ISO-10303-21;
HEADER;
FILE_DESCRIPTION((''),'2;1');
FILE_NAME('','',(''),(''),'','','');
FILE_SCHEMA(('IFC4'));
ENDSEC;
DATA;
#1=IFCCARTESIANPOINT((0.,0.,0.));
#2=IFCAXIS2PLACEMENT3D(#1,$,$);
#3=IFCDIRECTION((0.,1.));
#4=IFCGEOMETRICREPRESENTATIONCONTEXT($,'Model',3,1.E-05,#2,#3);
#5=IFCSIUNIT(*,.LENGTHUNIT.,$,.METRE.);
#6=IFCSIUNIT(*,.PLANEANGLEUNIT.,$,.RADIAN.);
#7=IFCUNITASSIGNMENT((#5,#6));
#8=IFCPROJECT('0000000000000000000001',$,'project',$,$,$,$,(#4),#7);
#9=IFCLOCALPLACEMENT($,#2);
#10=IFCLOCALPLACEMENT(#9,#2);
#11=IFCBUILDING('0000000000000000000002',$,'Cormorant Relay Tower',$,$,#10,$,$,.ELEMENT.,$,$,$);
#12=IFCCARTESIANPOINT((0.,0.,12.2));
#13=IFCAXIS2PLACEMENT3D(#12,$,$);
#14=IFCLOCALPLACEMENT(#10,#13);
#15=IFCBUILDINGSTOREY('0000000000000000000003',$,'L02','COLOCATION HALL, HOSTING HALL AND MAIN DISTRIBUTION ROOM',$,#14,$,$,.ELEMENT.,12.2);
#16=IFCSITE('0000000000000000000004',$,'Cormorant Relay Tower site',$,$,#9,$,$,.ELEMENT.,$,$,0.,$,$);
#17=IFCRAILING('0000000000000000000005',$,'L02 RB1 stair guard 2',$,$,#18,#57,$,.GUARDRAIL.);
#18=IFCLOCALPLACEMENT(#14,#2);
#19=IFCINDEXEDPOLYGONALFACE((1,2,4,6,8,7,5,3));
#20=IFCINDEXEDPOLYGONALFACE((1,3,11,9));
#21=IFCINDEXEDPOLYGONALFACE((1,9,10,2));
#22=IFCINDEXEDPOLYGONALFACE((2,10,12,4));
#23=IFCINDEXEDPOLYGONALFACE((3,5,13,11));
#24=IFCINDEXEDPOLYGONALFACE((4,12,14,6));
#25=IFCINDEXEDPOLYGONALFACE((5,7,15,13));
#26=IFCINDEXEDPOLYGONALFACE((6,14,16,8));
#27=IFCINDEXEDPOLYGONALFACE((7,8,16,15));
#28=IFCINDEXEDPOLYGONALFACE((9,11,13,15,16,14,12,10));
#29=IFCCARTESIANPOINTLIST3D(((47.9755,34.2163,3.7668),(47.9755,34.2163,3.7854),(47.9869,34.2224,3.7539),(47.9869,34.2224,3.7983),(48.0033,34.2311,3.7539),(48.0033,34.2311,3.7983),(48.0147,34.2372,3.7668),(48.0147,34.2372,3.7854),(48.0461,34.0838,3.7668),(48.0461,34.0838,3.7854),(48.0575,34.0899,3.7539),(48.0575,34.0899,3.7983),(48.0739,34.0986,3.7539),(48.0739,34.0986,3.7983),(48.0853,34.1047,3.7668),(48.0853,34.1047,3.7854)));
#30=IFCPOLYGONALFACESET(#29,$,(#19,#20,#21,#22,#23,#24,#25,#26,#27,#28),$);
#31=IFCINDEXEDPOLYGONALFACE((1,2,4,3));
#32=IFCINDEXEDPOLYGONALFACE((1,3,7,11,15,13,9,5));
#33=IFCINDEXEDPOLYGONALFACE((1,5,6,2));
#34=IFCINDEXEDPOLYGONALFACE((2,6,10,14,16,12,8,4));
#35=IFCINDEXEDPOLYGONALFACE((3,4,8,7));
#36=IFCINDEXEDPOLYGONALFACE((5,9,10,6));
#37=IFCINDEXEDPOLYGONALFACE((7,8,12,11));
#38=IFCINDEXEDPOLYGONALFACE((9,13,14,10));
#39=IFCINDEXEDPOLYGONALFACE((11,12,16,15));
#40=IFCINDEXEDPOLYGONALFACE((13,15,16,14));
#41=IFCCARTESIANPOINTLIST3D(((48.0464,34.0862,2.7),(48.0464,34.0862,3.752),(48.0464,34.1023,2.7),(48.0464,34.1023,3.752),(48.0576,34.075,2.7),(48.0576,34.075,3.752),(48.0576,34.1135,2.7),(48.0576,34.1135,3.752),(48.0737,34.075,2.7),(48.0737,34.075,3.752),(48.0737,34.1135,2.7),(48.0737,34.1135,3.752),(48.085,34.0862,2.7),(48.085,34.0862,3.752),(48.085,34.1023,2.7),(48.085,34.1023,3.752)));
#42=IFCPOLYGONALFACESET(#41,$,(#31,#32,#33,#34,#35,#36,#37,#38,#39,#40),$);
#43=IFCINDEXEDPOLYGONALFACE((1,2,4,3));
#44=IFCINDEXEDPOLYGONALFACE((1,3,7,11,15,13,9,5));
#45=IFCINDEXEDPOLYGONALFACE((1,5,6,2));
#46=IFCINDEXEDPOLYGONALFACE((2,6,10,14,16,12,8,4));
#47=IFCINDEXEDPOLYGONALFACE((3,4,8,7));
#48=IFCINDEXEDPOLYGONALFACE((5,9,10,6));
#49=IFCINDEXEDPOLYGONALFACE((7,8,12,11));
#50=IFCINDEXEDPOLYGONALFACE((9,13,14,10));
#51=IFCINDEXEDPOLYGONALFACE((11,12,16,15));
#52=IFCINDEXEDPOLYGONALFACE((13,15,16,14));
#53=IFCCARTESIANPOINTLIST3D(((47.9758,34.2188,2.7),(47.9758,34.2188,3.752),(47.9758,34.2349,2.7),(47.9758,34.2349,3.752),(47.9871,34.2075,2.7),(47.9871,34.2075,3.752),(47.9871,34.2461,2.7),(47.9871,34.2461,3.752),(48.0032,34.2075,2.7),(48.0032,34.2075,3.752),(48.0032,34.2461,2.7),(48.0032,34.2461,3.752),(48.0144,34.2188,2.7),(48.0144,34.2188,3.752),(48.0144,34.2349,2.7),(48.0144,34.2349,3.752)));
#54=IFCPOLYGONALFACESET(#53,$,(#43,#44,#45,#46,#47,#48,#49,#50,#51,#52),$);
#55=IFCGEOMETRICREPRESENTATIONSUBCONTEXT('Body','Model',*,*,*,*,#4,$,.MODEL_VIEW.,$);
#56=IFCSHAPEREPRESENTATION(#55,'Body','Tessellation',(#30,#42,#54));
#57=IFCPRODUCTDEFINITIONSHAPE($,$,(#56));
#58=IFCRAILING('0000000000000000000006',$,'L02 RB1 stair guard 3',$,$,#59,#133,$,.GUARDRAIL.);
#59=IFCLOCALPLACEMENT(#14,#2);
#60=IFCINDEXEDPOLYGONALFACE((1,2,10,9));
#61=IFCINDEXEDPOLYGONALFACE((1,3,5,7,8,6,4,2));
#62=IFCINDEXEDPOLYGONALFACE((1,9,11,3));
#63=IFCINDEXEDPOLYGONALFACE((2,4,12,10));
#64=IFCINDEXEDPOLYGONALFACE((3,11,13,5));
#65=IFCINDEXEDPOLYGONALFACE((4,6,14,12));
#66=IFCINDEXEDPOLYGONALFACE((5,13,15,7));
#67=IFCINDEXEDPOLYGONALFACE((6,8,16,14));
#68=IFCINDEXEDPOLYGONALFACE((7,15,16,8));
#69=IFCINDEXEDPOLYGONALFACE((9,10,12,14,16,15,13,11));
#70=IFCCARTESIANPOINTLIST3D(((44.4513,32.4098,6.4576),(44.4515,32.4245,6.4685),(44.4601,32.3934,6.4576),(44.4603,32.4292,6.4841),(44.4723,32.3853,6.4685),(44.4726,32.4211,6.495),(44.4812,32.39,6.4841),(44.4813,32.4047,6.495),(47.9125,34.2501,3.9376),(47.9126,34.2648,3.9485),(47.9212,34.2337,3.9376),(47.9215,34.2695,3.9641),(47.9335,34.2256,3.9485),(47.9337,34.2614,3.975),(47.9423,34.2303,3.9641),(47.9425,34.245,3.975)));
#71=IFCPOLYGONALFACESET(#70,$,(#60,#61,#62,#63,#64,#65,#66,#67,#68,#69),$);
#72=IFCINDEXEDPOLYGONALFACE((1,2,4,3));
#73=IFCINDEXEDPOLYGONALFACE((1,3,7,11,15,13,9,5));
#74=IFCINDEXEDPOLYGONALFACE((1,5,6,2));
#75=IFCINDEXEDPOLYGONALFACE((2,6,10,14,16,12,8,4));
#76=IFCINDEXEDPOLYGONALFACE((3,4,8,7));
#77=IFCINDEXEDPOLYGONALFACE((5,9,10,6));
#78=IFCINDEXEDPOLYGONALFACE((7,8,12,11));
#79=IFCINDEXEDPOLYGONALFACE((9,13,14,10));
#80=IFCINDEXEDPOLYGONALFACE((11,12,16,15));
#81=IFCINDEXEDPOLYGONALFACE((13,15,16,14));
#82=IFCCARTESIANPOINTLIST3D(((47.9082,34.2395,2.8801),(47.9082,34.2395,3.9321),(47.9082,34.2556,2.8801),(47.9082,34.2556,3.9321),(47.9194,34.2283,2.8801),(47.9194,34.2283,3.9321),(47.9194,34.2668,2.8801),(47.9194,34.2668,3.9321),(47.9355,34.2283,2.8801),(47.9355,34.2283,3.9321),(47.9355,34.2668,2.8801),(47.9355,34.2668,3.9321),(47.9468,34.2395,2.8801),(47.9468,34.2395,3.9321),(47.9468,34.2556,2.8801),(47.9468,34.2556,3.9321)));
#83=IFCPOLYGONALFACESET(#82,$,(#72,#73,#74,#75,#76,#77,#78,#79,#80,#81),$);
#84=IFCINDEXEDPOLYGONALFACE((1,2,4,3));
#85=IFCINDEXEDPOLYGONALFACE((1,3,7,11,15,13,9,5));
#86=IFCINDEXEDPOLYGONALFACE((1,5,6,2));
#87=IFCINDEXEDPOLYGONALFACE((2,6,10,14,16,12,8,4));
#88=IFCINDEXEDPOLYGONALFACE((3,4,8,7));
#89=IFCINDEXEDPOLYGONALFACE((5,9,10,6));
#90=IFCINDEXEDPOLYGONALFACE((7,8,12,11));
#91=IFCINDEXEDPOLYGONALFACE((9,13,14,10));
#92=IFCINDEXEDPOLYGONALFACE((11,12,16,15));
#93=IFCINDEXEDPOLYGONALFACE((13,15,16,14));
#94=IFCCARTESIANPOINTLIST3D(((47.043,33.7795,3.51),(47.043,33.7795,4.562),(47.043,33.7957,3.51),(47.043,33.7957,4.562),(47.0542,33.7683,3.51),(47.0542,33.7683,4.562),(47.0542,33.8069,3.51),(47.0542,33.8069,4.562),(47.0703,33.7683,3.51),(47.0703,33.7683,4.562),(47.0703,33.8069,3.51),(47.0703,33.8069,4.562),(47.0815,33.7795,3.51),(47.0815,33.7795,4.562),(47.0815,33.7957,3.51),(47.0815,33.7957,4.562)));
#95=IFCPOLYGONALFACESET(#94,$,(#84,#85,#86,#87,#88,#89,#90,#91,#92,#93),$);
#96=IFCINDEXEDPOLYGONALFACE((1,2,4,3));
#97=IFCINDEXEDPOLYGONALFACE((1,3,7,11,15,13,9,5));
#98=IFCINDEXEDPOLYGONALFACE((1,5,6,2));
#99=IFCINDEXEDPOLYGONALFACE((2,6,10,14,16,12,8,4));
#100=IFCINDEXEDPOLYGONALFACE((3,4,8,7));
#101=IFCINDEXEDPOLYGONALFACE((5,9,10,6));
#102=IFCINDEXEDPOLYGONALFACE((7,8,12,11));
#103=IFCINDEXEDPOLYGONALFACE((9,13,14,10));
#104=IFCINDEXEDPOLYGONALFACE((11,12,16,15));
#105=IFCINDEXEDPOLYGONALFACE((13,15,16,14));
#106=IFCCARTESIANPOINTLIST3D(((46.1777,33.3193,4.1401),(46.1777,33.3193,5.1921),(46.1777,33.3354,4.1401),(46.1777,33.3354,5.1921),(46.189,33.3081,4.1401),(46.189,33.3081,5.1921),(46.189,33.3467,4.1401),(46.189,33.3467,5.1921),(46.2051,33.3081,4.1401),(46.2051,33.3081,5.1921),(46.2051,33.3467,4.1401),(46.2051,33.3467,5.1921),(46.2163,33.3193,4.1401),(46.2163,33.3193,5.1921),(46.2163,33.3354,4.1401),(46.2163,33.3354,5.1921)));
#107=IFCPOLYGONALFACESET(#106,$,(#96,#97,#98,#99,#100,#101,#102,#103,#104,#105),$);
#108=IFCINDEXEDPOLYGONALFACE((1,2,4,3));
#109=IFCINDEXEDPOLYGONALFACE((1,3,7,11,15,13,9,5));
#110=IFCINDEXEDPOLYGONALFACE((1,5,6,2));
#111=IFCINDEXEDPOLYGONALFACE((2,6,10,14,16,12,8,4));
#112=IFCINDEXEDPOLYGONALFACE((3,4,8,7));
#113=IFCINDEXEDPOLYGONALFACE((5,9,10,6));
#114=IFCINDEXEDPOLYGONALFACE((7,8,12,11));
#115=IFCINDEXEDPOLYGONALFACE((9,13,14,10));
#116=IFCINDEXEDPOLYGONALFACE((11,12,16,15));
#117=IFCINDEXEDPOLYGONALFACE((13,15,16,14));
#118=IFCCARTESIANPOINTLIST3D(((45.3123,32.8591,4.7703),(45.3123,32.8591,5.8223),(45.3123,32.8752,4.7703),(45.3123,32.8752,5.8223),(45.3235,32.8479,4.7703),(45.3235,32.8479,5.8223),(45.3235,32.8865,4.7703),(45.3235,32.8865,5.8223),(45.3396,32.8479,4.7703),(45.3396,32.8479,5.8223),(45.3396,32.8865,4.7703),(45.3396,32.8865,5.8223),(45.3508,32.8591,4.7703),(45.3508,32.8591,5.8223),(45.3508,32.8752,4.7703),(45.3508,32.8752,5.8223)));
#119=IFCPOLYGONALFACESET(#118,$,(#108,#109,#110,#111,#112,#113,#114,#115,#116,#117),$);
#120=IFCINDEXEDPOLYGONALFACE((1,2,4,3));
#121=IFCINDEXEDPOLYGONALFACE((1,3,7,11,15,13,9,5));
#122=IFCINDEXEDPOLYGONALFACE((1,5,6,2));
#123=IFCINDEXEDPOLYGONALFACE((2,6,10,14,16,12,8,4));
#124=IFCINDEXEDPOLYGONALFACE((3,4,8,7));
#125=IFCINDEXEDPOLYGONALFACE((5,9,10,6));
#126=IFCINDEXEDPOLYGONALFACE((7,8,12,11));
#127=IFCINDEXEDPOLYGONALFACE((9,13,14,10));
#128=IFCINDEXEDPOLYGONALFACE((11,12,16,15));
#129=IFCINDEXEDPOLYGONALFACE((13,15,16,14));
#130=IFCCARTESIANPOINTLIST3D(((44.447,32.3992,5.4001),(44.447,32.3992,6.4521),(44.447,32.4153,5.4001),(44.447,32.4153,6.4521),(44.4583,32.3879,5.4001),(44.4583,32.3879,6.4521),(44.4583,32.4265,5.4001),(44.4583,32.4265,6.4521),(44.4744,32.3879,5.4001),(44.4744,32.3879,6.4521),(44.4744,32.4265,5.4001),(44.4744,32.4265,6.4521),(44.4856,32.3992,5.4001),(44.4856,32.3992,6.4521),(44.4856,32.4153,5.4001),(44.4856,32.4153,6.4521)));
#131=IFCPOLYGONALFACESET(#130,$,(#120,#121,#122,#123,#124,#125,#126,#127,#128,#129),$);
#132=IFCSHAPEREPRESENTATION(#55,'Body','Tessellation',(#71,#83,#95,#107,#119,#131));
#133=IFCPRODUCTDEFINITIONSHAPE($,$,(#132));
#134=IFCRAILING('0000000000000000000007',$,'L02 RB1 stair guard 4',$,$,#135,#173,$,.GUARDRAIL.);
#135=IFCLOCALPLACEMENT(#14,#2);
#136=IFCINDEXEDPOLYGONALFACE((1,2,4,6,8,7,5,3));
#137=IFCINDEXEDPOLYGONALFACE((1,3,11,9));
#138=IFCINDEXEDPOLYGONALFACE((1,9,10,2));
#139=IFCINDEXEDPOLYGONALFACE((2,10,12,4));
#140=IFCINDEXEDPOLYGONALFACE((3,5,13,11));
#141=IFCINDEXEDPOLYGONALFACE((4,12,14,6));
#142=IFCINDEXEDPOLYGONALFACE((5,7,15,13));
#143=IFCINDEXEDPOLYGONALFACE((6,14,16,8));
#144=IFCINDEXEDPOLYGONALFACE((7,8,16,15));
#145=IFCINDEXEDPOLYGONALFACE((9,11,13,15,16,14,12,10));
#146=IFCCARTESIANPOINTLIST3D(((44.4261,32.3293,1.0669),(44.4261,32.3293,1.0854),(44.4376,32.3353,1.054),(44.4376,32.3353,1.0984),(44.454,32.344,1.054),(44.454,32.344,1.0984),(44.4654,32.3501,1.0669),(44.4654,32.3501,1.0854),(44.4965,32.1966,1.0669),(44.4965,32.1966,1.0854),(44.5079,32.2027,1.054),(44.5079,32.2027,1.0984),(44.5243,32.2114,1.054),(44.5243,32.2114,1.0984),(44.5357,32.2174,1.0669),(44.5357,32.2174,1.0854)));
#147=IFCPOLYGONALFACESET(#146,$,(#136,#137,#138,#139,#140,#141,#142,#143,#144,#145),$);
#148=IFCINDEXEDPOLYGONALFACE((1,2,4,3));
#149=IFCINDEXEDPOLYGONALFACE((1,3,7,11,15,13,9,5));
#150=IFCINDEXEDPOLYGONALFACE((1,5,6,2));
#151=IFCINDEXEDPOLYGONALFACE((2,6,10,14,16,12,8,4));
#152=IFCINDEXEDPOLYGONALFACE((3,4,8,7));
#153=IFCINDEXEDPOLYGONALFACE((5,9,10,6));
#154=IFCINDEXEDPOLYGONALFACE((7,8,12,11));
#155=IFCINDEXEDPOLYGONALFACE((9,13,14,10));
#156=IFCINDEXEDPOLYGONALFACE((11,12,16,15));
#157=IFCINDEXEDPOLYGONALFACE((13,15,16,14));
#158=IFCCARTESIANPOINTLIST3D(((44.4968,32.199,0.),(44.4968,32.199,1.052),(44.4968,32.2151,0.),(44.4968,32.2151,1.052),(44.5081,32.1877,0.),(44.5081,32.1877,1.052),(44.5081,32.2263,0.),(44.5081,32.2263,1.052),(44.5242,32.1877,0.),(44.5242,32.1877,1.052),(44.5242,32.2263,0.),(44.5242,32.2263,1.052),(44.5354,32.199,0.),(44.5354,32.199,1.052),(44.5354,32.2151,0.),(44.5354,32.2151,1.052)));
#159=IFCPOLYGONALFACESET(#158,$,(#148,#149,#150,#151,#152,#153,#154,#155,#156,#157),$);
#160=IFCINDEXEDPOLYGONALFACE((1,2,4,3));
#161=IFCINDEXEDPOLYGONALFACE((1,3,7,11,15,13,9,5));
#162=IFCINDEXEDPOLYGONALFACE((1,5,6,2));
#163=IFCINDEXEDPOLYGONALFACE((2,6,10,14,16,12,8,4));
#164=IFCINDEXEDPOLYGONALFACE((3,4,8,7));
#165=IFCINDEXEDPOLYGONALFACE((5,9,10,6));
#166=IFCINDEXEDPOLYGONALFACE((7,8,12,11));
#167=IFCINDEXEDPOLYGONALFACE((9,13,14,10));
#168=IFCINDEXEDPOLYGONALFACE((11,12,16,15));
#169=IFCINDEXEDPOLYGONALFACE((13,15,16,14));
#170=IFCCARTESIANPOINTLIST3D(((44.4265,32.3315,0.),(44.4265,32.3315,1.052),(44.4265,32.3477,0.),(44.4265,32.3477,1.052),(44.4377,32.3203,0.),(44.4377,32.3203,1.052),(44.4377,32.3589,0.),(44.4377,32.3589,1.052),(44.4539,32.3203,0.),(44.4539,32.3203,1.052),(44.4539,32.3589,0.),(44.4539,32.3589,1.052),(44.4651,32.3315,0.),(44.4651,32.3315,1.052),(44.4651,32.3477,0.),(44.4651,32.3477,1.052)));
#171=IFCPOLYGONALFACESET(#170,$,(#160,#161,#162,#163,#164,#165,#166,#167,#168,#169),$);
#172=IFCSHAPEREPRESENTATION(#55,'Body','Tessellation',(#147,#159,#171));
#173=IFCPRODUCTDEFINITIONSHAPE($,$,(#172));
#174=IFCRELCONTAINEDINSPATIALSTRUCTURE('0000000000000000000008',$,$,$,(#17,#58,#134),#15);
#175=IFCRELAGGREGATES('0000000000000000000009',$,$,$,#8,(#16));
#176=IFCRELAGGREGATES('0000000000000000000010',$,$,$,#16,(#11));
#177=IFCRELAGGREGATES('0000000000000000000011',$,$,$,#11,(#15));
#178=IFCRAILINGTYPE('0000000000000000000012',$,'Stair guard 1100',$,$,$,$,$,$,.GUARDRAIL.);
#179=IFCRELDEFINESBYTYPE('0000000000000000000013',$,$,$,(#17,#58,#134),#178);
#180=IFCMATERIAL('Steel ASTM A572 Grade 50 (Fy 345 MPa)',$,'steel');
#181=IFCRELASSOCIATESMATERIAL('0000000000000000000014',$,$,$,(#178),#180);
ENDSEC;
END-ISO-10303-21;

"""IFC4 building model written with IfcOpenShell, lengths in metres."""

from ifc_helpers import new_model, si_unit, direction, frame, origin, place, context, subcontext, project, spatial, polyline, outline, extrude, material, type_object, element, save


model = new_model("IFC4")

# Units and contexts
model_context = context("Model", 3, precision=1e-05, world=origin(), true_north=direction((0.0, 1.0)))
body_context = subcontext(model_context, "Body", "Model", "MODEL_VIEW")
ifc_project = project(units=[si_unit("LENGTHUNIT", "METRE"), si_unit("PLANEANGLEUNIT", "RADIAN")], contexts=[model_context])

# Site, building, storey
site_placement = place(None, origin())
site = spatial("IfcSite", under=ifc_project, at=site_placement, Name="Cormorant Relay Tower site", CompositionType="ELEMENT", RefElevation=0.0)
building_placement = place(site_placement, origin())
building = spatial("IfcBuilding", under=site, at=building_placement, Name="Cormorant Relay Tower", CompositionType="ELEMENT")
storey_placement = place(building_placement, frame((0.0, 0.0, 12.2)))
storey = spatial("IfcBuildingStorey", under=building, at=storey_placement, Name="L02", Description="COLOCATION HALL, HOSTING HALL AND MAIN DISTRIBUTION ROOM", CompositionType="ELEMENT", Elevation=12.2)

# Railings
ifc_material_1 = material(Name="Steel ASTM A572 Grade 50 (Fy 345 MPa)", Category="steel")
railing_type_1 = type_object("IfcRailingType", Name="Stair guard 1100", PredefinedType="GUARDRAIL", material=ifc_material_1)
railing_1_placement = place(storey_placement, frame((48.0657, 34.0942, 2.7)))
element("IfcRailing", 1, at=railing_1_placement, inside=storey, type_object=railing_type_1, Name="L02 RB1 stair guard 2", PredefinedType="GUARDRAIL", context=body_context, shape_type="SweptSolid", body=[
    extrude(outline(polyline([(0.0222, 0.0093), (0.0093, 0.0222), (-0.0093, 0.0222), (-0.0222, 0.0093), (-0.0222, -0.0093), (-0.0093, -0.0222), (0.0093, -0.0222), (0.0222, -0.0093), (0.0222, 0.0093)])), frame((0.0, 0.0, 1.0762), z_axis=(-0.469829, 0.882758, 0.0), x_axis=(-0.882758, -0.469829, 0.0)), (0.0, 0.0, 1.0), 0.1501),
    extrude(outline(polyline([(0.0193, 0.0081), (0.0081, 0.0193), (-0.0081, 0.0193), (-0.0193, 0.0081), (-0.0193, -0.0081), (-0.0081, -0.0193), (0.0081, -0.0193), (0.0193, -0.0081), (0.0193, 0.0081)])), origin(), (0.0, 0.0, 1.0), 1.052),
    extrude(outline(polyline([(0.0193, 0.0081), (0.0081, 0.0193), (-0.0081, 0.0193), (-0.0193, 0.0081), (-0.0193, -0.0081), (-0.0081, -0.0193), (0.0081, -0.0193), (0.0193, -0.0081), (0.0193, 0.0081)])), frame((-0.0706, 0.1326, 0.0)), (0.0, 0.0, 1.0), 1.052),
])
railing_2_placement = place(storey_placement, frame((47.9275, 34.2476, 2.8801)))
element("IfcRailing", 2, at=railing_2_placement, inside=storey, type_object=railing_type_1, Name="L02 RB1 stair guard 3", PredefinedType="GUARDRAIL", context=body_context, shape_type="SweptSolid", body=[
    extrude(outline(polyline([(0.0222, 0.0093), (0.0093, 0.0222), (-0.0093, 0.0222), (-0.0222, 0.0093), (-0.0222, -0.0093), (-0.0093, -0.0222), (0.0093, -0.0222), (0.0222, -0.0093), (0.0222, 0.0093)])), frame((0.0, 0.0, 1.0762), z_axis=(-0.742717, -0.394907, 0.540758), x_axis=(0.469469, -0.882949, 0.0)), (0.0, 0.0, 1.0), 4.6602),
    extrude(outline(polyline([(0.0193, 0.0081), (0.0081, 0.0193), (-0.0081, 0.0193), (-0.0193, 0.0081), (-0.0193, -0.0081), (-0.0081, -0.0193), (0.0081, -0.0193), (0.0193, -0.0081), (0.0193, 0.0081)])), origin(), (0.0, 0.0, 1.0), 1.052),
    extrude(outline(polyline([(0.0193, 0.0081), (0.0081, 0.0193), (-0.0081, 0.0193), (-0.0193, 0.0081), (-0.0193, -0.0081), (-0.0081, -0.0193), (0.0081, -0.0193), (0.0193, -0.0081), (0.0193, 0.0081)])), frame((-0.8652, -0.46, 0.6299)), (0.0, 0.0, 1.0), 1.052),
    extrude(outline(polyline([(0.0193, 0.0081), (0.0081, 0.0193), (-0.0081, 0.0193), (-0.0193, 0.0081), (-0.0193, -0.0081), (-0.0081, -0.0193), (0.0081, -0.0193), (0.0193, -0.0081), (0.0193, 0.0081)])), frame((-1.7305, -0.9202, 1.26)), (0.0, 0.0, 1.0), 1.052),
    extrude(outline(polyline([(0.0193, 0.0081), (0.0081, 0.0193), (-0.0081, 0.0193), (-0.0193, 0.0081), (-0.0193, -0.0081), (-0.0081, -0.0193), (0.0081, -0.0193), (0.0193, -0.0081), (0.0193, 0.0081)])), frame((-2.5959, -1.3804, 1.8901)), (0.0, 0.0, 1.0), 1.052),
    extrude(outline(polyline([(0.0193, 0.0081), (0.0081, 0.0193), (-0.0081, 0.0193), (-0.0193, 0.0081), (-0.0193, -0.0081), (-0.0081, -0.0193), (0.0081, -0.0193), (0.0193, -0.0081), (0.0193, 0.0081)])), frame((-3.4612, -1.8403, 2.52)), (0.0, 0.0, 1.0), 1.052),
])
railing_3_placement = place(storey_placement, frame((44.5161, 32.207, 0.0)))
element("IfcRailing", 3, at=railing_3_placement, inside=storey, type_object=railing_type_1, Name="L02 RB1 stair guard 4", PredefinedType="GUARDRAIL", context=body_context, shape_type="SweptSolid", body=[
    extrude(outline(polyline([(0.0222, 0.0093), (0.0093, 0.0222), (-0.0093, 0.0222), (-0.0222, 0.0093), (-0.0222, -0.0093), (-0.0093, -0.0222), (0.0093, -0.0222), (0.0222, -0.0093), (0.0222, 0.0093)])), frame((0.0, 0.0, 1.0762), z_axis=(-0.46856, 0.883431, 0.0), x_axis=(-0.883431, -0.46856, 0.0)), (0.0, 0.0, 1.0), 0.1501),
    extrude(outline(polyline([(0.0193, 0.0081), (0.0081, 0.0193), (-0.0081, 0.0193), (-0.0193, 0.0081), (-0.0193, -0.0081), (-0.0081, -0.0193), (0.0081, -0.0193), (0.0193, -0.0081), (0.0193, 0.0081)])), origin(), (0.0, 0.0, 1.0), 1.052),
    extrude(outline(polyline([(0.0193, 0.0081), (0.0081, 0.0193), (-0.0081, 0.0193), (-0.0193, 0.0081), (-0.0193, -0.0081), (-0.0081, -0.0193), (0.0081, -0.0193), (0.0193, -0.0081), (0.0193, 0.0081)])), frame((-0.0703, 0.1326, 0.0)), (0.0, 0.0, 1.0), 1.052),
])

save(model, "model.ifc")
